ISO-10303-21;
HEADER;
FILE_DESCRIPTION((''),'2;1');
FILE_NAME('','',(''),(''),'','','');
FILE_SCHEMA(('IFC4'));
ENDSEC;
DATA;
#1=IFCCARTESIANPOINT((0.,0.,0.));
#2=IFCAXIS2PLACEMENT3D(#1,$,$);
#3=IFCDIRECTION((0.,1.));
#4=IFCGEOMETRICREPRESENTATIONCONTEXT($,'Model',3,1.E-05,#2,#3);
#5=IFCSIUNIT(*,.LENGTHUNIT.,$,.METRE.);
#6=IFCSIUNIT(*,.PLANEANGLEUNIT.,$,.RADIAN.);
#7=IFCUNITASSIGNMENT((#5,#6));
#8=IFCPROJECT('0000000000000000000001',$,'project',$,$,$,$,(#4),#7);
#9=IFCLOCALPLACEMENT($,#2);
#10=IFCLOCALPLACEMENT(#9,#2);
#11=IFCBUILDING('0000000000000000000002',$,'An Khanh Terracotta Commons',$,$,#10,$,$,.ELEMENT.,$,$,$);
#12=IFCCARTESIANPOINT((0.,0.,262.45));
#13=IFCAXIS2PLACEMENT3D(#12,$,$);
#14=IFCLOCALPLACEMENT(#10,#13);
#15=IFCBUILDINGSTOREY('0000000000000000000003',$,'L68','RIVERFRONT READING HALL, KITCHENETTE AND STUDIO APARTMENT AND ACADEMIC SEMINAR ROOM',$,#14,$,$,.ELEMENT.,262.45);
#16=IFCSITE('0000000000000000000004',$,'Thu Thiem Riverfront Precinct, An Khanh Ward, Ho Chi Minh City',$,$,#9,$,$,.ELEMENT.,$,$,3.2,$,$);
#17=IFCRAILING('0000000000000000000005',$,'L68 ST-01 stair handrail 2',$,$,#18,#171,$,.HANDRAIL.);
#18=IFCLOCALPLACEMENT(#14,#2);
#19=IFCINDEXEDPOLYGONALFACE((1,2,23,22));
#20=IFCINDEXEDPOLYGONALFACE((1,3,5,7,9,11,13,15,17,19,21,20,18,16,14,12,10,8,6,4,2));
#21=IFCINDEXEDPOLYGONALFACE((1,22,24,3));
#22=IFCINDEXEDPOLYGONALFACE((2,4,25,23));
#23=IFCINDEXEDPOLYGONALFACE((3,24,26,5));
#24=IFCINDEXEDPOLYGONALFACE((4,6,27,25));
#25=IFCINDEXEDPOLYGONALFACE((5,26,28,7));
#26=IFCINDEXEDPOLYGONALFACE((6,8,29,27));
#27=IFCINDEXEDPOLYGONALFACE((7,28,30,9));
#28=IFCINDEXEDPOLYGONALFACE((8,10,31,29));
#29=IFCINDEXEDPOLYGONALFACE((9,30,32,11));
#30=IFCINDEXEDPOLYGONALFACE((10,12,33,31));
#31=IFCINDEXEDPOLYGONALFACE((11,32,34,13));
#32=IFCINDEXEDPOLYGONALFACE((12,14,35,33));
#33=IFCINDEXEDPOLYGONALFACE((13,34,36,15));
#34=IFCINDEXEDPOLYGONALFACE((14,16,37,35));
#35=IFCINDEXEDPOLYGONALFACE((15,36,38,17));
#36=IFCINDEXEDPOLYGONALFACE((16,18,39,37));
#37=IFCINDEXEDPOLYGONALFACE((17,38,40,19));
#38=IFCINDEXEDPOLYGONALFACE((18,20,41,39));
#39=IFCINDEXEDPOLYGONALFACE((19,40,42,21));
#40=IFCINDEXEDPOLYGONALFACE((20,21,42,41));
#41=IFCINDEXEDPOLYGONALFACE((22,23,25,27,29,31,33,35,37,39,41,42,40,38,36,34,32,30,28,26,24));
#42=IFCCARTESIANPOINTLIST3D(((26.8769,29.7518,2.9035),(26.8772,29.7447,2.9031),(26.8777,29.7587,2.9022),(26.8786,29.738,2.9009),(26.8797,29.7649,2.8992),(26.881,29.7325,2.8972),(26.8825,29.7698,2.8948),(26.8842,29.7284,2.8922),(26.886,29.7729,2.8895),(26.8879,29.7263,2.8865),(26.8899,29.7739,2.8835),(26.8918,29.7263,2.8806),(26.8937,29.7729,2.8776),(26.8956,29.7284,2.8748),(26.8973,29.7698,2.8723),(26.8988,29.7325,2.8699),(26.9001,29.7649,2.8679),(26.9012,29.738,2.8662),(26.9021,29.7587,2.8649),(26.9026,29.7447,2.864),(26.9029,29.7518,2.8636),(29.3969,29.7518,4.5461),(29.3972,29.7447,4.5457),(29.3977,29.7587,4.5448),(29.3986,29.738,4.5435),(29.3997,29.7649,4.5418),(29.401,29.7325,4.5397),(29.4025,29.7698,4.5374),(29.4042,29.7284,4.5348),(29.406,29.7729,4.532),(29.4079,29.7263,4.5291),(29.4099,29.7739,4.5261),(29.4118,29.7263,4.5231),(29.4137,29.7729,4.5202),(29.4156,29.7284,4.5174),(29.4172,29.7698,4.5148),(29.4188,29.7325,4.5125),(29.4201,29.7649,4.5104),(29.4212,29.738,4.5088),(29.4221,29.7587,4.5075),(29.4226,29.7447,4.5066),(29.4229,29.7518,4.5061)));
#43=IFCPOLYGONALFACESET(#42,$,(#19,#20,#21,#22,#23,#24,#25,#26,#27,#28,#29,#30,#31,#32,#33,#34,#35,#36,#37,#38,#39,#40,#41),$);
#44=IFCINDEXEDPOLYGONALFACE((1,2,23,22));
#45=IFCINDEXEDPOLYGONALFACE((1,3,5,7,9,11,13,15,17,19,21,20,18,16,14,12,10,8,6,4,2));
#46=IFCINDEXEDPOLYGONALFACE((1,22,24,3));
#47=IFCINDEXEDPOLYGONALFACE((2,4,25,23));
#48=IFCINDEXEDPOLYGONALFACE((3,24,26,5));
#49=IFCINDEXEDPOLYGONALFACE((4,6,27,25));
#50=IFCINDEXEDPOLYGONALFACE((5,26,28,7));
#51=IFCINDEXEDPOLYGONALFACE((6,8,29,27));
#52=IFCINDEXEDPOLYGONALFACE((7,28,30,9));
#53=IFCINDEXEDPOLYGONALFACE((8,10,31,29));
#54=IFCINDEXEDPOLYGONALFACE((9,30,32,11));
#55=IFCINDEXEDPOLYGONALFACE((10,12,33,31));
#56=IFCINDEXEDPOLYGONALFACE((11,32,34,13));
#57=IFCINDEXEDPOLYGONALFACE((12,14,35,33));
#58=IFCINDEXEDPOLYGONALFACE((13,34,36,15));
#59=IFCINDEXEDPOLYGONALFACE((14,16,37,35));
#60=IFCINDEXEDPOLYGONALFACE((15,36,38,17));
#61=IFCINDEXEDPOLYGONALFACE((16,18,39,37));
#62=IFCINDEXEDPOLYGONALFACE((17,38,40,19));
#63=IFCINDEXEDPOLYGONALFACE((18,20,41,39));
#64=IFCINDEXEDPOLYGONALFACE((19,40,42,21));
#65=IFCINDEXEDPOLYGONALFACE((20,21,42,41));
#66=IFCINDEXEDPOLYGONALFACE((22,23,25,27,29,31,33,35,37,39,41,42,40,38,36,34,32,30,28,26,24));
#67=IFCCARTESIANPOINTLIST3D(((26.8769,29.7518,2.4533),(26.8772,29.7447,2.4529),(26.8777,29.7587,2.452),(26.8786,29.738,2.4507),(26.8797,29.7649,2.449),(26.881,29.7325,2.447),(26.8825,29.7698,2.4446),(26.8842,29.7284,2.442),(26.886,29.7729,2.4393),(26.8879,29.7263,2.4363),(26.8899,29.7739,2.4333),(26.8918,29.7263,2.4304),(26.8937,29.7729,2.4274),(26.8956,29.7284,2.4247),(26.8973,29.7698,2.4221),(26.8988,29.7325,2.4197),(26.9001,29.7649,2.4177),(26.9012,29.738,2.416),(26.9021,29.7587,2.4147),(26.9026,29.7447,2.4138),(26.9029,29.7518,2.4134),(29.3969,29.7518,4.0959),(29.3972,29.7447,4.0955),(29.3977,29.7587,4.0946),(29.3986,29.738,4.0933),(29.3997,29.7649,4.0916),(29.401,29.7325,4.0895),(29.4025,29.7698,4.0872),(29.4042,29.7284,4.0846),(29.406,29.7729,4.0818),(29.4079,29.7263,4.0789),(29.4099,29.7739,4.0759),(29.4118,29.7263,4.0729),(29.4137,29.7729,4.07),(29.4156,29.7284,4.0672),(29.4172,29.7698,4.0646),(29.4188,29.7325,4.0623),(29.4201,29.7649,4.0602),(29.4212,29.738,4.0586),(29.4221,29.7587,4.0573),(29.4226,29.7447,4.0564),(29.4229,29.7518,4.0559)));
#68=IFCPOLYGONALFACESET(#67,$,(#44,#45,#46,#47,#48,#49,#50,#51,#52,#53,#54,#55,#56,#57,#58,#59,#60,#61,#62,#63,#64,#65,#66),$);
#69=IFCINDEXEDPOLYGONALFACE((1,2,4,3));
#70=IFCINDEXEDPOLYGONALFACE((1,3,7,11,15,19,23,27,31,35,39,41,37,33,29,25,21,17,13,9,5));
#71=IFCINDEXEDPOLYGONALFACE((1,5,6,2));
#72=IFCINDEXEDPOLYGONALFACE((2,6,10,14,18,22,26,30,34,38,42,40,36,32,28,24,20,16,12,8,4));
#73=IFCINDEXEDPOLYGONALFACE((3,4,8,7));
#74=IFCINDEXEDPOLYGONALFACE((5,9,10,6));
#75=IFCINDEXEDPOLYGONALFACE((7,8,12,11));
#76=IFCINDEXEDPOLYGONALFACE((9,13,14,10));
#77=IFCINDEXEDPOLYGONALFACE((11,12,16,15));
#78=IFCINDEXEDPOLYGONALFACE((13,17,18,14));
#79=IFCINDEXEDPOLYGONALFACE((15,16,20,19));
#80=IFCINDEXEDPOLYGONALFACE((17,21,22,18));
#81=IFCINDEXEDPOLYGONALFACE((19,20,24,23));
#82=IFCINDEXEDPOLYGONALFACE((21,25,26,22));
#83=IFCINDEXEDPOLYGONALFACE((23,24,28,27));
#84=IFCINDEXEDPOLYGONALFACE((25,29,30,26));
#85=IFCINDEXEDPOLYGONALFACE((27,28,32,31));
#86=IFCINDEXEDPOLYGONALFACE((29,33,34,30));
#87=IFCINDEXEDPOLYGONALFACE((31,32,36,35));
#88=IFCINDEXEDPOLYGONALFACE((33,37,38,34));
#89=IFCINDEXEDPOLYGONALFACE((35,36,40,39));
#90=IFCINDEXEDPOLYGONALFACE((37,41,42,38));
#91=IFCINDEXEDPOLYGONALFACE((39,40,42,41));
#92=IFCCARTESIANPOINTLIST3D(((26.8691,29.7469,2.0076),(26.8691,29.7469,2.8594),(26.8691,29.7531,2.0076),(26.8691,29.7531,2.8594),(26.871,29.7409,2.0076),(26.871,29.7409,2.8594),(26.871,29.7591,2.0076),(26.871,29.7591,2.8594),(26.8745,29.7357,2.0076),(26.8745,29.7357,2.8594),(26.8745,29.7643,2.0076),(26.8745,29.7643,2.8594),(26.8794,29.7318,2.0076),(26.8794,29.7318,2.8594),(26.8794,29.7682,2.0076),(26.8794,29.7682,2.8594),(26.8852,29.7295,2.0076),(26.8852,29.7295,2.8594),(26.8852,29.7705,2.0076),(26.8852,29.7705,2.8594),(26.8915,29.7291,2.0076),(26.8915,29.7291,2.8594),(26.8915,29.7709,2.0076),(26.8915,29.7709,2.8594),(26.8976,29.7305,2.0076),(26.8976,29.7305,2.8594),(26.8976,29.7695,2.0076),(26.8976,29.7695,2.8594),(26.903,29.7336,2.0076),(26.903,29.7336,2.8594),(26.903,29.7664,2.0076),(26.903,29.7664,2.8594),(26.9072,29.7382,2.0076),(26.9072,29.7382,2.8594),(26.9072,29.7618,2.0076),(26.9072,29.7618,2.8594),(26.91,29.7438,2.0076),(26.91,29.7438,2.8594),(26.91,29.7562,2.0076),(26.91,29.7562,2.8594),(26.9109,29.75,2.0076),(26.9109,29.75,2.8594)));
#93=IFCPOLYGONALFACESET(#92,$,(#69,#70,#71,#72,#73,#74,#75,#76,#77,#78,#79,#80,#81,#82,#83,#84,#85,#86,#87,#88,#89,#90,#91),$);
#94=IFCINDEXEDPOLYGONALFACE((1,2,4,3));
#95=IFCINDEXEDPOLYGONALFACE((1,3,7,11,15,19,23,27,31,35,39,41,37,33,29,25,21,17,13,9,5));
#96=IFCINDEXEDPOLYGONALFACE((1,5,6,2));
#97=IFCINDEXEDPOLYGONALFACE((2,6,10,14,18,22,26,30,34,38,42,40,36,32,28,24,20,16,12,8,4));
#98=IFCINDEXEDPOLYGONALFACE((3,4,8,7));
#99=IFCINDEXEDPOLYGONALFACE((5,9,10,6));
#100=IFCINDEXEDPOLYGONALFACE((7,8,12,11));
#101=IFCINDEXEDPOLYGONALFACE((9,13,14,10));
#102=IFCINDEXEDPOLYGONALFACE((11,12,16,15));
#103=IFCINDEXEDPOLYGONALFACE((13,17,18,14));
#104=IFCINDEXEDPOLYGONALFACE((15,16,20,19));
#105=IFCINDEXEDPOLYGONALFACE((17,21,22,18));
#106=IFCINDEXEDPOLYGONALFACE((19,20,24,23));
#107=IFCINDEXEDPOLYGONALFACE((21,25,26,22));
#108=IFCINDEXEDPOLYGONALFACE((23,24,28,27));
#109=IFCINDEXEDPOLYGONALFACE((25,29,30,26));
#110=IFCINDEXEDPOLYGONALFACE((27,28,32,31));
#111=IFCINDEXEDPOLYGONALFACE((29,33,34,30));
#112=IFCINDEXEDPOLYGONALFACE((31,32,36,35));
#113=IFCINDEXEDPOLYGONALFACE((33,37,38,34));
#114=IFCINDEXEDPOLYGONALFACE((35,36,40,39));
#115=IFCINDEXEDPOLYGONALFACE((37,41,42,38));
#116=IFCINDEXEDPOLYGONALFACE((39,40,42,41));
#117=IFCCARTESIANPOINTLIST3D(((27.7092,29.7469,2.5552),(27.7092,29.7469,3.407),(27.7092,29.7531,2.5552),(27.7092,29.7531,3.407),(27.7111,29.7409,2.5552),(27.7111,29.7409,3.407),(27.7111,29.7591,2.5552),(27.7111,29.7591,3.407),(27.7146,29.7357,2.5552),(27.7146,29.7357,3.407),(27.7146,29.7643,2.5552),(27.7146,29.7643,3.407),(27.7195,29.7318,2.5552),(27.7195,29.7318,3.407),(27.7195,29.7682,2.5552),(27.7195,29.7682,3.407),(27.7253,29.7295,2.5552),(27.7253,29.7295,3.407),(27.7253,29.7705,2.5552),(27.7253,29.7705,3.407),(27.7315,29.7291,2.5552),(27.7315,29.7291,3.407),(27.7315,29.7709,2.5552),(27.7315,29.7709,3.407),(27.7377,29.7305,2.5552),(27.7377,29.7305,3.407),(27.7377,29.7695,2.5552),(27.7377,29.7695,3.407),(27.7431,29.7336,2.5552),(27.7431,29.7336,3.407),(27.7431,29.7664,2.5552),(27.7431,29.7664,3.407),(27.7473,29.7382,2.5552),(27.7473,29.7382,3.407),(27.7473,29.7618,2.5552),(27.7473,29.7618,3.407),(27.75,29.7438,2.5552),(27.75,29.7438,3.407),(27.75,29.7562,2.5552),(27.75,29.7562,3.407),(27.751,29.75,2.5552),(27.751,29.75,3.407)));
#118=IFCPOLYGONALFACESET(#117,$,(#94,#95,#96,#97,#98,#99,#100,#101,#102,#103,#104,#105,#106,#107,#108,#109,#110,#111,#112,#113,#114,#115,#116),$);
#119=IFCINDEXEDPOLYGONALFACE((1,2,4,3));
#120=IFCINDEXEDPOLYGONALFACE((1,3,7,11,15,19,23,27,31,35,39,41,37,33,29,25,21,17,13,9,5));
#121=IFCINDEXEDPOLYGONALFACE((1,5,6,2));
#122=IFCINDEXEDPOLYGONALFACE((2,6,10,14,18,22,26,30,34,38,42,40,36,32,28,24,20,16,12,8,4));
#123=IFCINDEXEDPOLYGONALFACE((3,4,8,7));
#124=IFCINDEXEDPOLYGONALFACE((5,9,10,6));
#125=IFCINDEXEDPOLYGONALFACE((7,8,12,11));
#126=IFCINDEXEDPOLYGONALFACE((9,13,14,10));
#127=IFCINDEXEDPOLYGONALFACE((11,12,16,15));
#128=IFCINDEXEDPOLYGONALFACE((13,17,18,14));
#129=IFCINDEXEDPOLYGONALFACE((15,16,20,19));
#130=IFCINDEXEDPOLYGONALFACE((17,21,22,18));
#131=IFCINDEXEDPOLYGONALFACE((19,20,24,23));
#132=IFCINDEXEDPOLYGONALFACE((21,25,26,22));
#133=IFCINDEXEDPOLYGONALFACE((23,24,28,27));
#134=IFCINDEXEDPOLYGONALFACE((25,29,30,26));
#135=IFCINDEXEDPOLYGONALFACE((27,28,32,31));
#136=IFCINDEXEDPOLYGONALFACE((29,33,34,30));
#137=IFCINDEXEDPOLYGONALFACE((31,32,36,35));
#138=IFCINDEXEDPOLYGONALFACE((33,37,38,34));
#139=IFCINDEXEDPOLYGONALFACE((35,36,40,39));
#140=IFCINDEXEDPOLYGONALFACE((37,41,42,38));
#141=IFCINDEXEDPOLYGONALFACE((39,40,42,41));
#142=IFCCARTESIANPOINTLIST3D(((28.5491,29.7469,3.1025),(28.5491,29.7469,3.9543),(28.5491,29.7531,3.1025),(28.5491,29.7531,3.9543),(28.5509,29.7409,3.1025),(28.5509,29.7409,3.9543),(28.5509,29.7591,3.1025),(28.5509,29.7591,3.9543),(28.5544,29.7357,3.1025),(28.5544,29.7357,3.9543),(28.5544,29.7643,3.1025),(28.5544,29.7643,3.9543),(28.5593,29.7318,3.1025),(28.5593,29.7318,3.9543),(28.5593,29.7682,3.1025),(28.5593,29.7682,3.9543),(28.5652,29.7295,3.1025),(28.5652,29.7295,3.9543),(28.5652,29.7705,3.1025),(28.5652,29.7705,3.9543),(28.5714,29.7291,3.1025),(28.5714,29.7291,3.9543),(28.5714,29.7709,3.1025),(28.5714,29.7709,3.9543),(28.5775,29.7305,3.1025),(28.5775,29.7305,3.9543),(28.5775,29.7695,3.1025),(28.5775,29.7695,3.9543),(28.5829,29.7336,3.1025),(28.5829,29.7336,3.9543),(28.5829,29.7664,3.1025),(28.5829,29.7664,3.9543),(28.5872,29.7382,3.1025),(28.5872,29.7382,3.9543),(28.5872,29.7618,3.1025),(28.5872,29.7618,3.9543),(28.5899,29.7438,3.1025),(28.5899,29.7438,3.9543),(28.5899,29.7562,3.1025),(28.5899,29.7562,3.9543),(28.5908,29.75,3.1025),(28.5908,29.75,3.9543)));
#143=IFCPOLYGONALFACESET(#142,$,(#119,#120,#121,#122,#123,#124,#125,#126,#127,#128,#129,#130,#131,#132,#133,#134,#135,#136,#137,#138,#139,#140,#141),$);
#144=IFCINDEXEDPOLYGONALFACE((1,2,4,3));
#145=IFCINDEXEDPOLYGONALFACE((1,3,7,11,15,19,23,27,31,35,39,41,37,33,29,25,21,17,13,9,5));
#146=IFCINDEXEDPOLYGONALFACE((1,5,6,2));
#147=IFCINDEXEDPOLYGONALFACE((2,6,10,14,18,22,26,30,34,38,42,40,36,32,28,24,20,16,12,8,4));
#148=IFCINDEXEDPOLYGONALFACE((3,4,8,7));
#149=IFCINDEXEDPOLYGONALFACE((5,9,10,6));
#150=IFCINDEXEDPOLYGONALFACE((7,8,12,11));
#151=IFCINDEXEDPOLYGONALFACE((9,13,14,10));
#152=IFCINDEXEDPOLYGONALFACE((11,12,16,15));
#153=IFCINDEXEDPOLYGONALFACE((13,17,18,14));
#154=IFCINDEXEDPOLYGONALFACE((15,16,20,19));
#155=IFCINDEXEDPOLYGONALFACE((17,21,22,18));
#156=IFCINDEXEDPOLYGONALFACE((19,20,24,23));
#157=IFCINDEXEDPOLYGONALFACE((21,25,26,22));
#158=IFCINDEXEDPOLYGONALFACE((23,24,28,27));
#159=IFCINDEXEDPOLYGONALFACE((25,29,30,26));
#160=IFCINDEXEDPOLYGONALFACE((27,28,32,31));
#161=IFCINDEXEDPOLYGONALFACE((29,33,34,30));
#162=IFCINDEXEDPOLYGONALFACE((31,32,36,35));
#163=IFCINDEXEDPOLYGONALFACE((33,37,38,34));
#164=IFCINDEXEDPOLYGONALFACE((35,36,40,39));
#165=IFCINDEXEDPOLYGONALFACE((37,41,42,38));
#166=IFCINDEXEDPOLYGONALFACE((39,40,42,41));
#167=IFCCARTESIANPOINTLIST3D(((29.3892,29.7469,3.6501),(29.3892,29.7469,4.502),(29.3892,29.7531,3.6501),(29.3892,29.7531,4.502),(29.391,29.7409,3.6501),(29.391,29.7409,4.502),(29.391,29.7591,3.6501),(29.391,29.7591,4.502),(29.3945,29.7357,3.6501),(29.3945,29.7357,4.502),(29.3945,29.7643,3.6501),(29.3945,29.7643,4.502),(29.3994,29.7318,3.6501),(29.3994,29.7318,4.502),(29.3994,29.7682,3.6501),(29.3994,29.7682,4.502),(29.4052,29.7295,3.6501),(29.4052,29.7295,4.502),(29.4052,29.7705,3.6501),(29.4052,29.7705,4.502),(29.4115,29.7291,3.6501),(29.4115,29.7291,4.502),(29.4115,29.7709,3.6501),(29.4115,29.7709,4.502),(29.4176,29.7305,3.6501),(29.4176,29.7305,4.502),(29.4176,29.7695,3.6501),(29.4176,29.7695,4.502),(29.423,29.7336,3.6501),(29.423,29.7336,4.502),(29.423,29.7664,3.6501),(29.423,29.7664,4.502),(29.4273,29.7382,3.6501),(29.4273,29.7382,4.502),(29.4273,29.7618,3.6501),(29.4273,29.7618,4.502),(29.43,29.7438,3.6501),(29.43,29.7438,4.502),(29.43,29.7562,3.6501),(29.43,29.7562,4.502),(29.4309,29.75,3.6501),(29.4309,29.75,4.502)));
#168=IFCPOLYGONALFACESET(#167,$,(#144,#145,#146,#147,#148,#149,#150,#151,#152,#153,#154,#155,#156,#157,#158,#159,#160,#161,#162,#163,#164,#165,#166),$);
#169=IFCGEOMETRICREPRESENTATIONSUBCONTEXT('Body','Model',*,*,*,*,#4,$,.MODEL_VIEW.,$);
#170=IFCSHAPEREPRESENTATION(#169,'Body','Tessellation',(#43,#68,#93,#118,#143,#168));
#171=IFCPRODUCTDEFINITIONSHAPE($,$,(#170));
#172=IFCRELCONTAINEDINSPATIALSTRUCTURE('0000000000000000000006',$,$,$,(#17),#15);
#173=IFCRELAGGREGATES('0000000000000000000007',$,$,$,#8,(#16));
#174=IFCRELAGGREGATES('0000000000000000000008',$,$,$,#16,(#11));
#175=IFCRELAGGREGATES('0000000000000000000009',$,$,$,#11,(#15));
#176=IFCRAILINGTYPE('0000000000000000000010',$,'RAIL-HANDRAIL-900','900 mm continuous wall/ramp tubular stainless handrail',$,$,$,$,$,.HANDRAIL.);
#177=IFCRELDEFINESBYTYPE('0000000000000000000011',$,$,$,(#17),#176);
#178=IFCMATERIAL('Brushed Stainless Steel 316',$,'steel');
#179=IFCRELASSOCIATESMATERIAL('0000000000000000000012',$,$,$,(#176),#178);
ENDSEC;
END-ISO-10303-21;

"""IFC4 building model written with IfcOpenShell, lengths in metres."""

from ifc_helpers import new_model, si_unit, direction, frame, origin, origin_2d, place, context, subcontext, project, spatial, circle, extrude, material, type_object, element, save


model = new_model("IFC4")

# Units and contexts
model_context = context("Model", 3, precision=1e-05, world=origin(), true_north=direction((0.0, 1.0)))
body_context = subcontext(model_context, "Body", "Model", "MODEL_VIEW")
ifc_project = project(units=[si_unit("LENGTHUNIT", "METRE"), si_unit("PLANEANGLEUNIT", "RADIAN")], contexts=[model_context])

# Site, building, storey
site_placement = place(None, origin())
site = spatial("IfcSite", under=ifc_project, at=site_placement, Name="Thu Thiem Riverfront Precinct, An Khanh Ward, Ho Chi Minh City", CompositionType="ELEMENT", RefElevation=3.2)
building_placement = place(site_placement, origin())
building = spatial("IfcBuilding", under=site, at=building_placement, Name="An Khanh Terracotta Commons", CompositionType="ELEMENT")
storey_placement = place(building_placement, frame((0.0, 0.0, 262.45)))
storey = spatial("IfcBuildingStorey", under=building, at=storey_placement, Name="L68", Description="RIVERFRONT READING HALL, KITCHENETTE AND STUDIO APARTMENT AND ACADEMIC SEMINAR ROOM", CompositionType="ELEMENT", Elevation=262.45)

# Railing
ifc_material_1 = material(Name="Brushed Stainless Steel 316", Category="steel")
railing_type_1 = type_object("IfcRailingType", Name="RAIL-HANDRAIL-900", Description="900 mm continuous wall/ramp tubular stainless handrail", PredefinedType="HANDRAIL", material=ifc_material_1)
railing_1_placement = place(storey_placement, frame((26.8899, 29.75, 2.0076)))
element("IfcRailing", 1, at=railing_1_placement, inside=storey, type_object=railing_type_1, Name="L68 ST-01 stair handrail 2", PredefinedType="HANDRAIL", context=body_context, shape_type="SweptSolid", body=[
    extrude(circle(Radius=0.0239, at=origin_2d()), frame((0.0, 0.0, 0.876), z_axis=(0.837749, 0.0, 0.546055), x_axis=(0.0, 1.0, 0.0)), (0.0, 0.0, 1.0), 3.0081),
    extrude(circle(Radius=0.0239, at=origin_2d()), frame((0.0, 0.0, 0.4258), z_axis=(0.837749, 0.0, 0.546055), x_axis=(0.0, 1.0, 0.0)), (0.0, 0.0, 1.0), 3.0081),
    extrude(circle(Radius=0.021, at=origin_2d()), origin(), (0.0, 0.0, 1.0), 0.8518),
    extrude(circle(Radius=0.021, at=origin_2d()), frame((0.8401, 0.0, 0.5476)), (0.0, 0.0, 1.0), 0.8518),
    extrude(circle(Radius=0.021, at=origin_2d()), frame((1.6799, 0.0, 1.095)), (0.0, 0.0, 1.0), 0.8518),
    extrude(circle(Radius=0.021, at=origin_2d()), frame((2.52, 0.0, 1.6426)), (0.0, 0.0, 1.0), 0.8518),
])

save(model, "model.ifc")
